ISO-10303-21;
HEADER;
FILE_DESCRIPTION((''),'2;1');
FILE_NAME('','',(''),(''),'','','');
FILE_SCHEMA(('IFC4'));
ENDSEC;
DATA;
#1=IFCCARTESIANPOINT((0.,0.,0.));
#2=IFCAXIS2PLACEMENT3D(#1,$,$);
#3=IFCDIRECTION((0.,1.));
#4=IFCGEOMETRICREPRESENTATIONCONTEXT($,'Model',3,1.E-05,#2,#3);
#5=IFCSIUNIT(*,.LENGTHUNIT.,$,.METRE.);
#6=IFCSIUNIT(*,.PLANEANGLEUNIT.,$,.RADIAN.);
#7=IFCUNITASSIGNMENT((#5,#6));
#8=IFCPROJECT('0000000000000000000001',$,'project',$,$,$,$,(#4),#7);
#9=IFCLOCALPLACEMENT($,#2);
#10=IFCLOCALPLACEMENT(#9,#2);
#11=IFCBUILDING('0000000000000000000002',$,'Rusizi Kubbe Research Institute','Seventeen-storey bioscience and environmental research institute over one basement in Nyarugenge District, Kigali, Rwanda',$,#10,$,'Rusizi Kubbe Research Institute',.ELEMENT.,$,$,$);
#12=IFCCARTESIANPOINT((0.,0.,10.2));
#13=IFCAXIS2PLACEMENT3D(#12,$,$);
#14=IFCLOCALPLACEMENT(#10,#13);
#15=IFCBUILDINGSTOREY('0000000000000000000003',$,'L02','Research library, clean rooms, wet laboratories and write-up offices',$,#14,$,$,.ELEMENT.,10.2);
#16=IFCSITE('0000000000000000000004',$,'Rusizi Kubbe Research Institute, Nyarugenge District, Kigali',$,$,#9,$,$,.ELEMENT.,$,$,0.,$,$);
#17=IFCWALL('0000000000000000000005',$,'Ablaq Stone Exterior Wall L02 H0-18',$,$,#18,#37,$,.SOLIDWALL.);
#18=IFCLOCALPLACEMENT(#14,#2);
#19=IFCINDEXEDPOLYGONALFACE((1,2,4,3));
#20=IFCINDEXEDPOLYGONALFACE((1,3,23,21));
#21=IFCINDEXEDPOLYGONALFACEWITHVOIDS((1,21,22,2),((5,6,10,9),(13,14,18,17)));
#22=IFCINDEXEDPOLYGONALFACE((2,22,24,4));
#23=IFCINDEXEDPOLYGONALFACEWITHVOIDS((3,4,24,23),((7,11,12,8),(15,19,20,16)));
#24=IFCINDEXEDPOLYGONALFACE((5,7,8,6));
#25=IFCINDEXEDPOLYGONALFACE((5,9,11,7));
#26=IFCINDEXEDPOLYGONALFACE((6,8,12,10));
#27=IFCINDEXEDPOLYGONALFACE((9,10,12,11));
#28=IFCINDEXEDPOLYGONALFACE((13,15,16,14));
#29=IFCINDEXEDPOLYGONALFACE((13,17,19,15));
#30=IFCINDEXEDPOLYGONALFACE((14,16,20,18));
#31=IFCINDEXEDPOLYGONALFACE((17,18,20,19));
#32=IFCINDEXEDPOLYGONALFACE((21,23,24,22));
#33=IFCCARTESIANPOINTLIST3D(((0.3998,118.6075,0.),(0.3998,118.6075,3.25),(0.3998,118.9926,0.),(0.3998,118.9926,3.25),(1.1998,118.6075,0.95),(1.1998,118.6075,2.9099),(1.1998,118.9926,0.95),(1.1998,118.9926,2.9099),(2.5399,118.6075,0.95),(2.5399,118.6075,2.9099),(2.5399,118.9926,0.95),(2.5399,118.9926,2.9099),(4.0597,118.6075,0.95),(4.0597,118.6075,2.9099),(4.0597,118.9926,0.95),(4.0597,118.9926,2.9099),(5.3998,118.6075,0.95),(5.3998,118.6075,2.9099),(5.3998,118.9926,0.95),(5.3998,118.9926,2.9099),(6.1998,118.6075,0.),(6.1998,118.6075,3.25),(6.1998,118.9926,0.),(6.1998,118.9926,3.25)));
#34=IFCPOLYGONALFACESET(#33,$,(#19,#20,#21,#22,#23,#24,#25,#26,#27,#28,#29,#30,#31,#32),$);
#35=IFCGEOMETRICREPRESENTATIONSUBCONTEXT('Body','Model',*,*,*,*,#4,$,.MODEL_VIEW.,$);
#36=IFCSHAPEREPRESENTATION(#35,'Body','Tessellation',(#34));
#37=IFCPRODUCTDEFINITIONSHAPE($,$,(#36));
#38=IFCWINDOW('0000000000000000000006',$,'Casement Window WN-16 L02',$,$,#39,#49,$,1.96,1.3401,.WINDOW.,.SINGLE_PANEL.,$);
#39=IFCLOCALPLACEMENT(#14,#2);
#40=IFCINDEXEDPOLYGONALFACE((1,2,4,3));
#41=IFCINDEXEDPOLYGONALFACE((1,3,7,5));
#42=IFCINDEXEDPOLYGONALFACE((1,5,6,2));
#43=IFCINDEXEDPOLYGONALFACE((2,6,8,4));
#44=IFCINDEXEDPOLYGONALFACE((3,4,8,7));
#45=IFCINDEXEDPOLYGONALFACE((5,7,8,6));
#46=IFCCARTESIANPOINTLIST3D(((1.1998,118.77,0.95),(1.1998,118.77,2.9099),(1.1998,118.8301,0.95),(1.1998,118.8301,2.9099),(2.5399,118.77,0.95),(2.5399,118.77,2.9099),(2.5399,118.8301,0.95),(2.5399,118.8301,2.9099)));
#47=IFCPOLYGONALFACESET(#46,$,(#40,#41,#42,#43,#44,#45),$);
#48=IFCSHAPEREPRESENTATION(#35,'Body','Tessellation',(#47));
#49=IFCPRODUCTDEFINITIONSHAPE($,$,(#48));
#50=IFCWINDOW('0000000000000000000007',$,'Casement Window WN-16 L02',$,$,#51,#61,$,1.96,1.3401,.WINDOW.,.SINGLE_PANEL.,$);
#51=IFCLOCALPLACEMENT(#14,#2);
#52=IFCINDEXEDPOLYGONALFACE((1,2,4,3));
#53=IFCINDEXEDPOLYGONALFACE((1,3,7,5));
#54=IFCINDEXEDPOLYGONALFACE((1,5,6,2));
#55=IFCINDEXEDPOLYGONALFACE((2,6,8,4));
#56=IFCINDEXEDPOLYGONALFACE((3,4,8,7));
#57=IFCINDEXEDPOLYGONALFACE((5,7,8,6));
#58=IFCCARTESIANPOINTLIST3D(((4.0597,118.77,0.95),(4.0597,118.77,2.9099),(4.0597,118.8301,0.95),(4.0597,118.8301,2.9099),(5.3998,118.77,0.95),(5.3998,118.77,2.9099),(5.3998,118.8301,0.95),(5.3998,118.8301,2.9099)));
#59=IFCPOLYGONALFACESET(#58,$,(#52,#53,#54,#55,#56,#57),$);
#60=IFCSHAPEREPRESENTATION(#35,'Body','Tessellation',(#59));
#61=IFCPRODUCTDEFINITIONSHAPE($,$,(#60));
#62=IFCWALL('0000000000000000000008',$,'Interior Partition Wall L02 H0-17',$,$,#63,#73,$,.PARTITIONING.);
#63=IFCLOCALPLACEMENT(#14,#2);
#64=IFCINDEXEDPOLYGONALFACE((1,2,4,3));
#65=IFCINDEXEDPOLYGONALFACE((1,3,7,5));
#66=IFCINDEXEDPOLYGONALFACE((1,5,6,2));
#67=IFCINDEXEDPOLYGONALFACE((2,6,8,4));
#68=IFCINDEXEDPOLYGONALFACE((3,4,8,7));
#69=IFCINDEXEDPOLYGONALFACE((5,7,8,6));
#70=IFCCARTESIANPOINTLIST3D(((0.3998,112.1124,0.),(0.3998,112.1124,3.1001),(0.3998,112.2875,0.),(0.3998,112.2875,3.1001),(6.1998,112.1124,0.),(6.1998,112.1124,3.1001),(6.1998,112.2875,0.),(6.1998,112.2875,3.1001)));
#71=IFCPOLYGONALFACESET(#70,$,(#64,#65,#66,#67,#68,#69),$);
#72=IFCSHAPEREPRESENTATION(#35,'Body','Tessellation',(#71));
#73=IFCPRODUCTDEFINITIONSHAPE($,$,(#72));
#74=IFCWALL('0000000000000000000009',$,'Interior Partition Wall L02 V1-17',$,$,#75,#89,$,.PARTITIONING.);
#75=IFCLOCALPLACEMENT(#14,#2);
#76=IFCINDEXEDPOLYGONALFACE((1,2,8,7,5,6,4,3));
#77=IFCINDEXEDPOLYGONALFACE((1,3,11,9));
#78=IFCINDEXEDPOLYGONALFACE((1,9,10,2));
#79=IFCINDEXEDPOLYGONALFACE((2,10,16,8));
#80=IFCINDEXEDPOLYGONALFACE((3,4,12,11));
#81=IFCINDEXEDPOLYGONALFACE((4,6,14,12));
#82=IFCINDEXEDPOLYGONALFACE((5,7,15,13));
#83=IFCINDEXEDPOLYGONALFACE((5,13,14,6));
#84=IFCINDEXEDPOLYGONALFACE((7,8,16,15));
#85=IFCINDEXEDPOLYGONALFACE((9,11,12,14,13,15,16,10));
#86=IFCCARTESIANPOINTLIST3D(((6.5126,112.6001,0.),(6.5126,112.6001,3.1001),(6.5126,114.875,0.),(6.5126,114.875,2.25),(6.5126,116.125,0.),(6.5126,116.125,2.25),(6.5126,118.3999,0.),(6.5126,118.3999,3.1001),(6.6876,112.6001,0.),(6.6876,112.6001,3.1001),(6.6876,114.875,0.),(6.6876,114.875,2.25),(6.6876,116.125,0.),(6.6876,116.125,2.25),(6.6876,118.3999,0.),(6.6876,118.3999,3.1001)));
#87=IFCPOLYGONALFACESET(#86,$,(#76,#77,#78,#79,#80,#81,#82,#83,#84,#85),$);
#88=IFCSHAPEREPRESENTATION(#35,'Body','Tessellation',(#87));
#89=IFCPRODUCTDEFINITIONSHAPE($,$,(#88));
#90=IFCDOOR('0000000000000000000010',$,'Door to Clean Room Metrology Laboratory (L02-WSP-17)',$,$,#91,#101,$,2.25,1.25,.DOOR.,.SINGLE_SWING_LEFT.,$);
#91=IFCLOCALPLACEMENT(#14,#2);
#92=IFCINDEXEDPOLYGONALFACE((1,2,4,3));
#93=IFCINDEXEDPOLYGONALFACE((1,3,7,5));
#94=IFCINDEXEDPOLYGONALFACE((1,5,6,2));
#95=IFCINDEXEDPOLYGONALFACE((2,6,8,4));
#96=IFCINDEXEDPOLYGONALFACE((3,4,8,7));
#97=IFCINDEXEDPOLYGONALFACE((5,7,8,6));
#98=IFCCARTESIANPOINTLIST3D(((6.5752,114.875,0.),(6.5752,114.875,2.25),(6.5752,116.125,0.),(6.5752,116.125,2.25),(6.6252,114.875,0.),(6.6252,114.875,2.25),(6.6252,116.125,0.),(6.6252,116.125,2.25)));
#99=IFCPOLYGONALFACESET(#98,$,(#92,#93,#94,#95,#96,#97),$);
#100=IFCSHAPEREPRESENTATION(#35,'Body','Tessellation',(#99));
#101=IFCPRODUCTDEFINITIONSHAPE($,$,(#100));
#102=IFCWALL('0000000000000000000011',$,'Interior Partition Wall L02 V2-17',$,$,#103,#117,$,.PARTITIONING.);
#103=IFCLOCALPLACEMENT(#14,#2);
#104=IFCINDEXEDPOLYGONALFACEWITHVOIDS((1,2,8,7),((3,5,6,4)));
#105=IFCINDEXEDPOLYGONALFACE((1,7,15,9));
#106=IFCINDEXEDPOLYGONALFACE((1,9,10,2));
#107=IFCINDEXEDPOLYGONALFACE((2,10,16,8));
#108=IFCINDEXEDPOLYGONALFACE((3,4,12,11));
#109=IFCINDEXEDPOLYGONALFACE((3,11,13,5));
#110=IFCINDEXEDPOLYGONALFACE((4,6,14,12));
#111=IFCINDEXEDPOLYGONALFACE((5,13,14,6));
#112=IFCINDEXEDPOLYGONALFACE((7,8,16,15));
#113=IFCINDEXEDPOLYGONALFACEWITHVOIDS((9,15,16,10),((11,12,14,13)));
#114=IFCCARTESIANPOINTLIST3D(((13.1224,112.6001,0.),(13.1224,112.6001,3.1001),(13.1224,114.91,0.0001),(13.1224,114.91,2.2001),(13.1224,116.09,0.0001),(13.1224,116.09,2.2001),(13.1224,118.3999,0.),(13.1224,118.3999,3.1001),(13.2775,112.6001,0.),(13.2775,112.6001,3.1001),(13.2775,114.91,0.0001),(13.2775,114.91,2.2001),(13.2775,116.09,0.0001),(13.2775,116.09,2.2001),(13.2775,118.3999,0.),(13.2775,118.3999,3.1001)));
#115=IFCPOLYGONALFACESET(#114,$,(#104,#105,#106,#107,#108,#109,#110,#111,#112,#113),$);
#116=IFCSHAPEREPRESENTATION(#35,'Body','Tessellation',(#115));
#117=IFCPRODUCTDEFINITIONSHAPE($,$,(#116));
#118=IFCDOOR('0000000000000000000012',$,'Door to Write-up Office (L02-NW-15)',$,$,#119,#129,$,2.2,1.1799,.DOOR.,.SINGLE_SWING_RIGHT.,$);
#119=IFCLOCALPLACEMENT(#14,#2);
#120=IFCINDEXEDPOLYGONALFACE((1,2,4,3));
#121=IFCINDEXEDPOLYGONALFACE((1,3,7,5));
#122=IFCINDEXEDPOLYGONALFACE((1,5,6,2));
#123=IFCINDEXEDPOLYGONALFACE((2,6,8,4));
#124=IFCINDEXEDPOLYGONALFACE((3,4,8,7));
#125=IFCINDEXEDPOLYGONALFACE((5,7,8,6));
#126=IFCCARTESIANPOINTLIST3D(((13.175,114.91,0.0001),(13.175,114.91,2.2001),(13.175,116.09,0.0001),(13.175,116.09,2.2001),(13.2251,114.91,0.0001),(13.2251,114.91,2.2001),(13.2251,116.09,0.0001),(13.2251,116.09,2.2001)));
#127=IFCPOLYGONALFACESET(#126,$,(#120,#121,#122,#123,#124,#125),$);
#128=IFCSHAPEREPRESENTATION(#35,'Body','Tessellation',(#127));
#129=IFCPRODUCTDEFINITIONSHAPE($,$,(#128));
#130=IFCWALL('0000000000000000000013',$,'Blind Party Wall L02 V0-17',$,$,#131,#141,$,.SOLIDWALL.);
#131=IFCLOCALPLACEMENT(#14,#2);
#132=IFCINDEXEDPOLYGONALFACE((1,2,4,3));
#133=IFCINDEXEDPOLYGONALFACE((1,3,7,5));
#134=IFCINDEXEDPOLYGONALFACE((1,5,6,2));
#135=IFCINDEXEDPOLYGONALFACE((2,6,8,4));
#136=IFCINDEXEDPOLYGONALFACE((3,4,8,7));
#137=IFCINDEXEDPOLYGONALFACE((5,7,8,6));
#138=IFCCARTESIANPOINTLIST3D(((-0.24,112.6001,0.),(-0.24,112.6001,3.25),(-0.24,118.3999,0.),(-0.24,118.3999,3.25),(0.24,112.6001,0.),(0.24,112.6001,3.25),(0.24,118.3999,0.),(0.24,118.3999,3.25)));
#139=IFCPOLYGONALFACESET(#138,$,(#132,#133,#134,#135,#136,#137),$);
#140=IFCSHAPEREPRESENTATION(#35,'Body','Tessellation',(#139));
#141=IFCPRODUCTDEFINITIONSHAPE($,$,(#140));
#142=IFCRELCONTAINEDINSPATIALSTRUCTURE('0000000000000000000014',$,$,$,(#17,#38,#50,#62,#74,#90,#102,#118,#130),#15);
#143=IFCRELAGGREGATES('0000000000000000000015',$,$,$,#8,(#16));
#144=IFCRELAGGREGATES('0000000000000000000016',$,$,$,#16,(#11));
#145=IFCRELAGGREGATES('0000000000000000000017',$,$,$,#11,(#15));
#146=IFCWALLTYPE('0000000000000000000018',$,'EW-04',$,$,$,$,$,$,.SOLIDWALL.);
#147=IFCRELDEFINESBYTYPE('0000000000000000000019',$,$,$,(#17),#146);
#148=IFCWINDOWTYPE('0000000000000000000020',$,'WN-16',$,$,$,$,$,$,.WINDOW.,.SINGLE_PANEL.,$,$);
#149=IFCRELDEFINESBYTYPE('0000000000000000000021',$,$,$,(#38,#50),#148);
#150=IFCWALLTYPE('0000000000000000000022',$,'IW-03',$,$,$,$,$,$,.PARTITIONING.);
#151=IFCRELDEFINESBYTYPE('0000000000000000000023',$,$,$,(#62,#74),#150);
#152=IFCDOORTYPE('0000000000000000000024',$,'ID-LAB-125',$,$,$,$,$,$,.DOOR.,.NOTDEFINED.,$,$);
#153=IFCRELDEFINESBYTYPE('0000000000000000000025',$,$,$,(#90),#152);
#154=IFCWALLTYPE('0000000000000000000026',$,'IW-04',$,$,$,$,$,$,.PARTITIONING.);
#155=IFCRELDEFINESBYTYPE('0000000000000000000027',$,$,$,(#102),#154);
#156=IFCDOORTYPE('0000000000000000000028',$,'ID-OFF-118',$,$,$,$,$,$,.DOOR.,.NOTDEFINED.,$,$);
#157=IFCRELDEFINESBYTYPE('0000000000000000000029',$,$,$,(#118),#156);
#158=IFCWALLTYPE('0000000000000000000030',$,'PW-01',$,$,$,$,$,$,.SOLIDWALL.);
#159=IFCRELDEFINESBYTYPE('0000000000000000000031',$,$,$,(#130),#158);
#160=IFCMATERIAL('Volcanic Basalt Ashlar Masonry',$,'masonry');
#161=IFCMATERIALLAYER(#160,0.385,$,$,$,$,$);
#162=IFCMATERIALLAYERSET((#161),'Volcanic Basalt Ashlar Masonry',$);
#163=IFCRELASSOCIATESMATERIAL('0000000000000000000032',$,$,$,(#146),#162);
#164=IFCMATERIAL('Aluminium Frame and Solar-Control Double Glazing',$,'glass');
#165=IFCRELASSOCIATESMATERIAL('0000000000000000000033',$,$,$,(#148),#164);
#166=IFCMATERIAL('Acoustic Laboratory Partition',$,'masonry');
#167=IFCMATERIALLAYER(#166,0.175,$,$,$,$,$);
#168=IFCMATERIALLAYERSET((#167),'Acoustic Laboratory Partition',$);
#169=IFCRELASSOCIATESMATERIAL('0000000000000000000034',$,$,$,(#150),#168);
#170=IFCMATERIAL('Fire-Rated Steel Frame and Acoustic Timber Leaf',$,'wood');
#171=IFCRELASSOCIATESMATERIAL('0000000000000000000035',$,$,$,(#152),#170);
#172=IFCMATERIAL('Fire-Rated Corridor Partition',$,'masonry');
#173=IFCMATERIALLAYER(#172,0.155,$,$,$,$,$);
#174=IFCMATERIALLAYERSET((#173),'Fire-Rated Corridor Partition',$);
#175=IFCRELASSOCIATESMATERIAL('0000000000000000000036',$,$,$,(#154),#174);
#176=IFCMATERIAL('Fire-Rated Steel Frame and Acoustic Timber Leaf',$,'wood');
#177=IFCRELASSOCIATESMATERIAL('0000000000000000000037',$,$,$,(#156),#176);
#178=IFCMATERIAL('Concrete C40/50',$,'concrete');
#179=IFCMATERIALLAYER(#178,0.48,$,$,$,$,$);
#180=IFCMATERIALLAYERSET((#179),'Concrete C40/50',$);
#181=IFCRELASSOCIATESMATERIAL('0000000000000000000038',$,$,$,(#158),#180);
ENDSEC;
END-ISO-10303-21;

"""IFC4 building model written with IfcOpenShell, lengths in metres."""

from ifc_helpers import new_model, si_unit, direction, frame, frame_2d, origin, place, context, subcontext, project, spatial, rectangle, extrude, material, layer, layer_set, type_object, element, fill, save


model = new_model("IFC4")

# Units and contexts
model_context = context("Model", 3, precision=1e-05, world=origin(), true_north=direction((0.0, 1.0)))
body_context = subcontext(model_context, "Body", "Model", "MODEL_VIEW")
ifc_project = project(units=[si_unit("LENGTHUNIT", "METRE"), si_unit("PLANEANGLEUNIT", "RADIAN")], contexts=[model_context])

# Site, building, storey
site_placement = place(None, origin())
site = spatial("IfcSite", under=ifc_project, at=site_placement, Name="Rusizi Kubbe Research Institute, Nyarugenge District, Kigali", CompositionType="ELEMENT", RefElevation=0.0)
building_placement = place(site_placement, origin())
building = spatial("IfcBuilding", under=site, at=building_placement, Name="Rusizi Kubbe Research Institute", Description="Seventeen-storey bioscience and environmental research institute over one basement in Nyarugenge District, Kigali, Rwanda", LongName="Rusizi Kubbe Research Institute", CompositionType="ELEMENT")
storey_placement = place(building_placement, frame((0.0, 0.0, 10.2)))
storey = spatial("IfcBuildingStorey", under=building, at=storey_placement, Name="L02", Description="Research library, clean rooms, wet laboratories and write-up offices", CompositionType="ELEMENT", Elevation=10.2)

# Wall, openings, windows
ifc_material_1 = material(Name="Volcanic Basalt Ashlar Masonry", Category="masonry")
ifc_layer_1 = layer(ifc_material_1, 0.385)
ifc_layer_set_1 = layer_set([ifc_layer_1], Name="Volcanic Basalt Ashlar Masonry")
wall_type_1 = type_object("IfcWallType", Name="EW-04", PredefinedType="SOLIDWALL", material=ifc_layer_set_1)
wall_1_placement = place(storey_placement, frame((0.3999, 118.8, 0.0), z_axis=(0.0, 0.0, 1.0), x_axis=(1.0, 0.0, 0.0)))
wall_1 = element("IfcWall", 1, at=wall_1_placement, inside=storey, type_object=wall_type_1, Name="Ablaq Stone Exterior Wall L02 H0-18", PredefinedType="SOLIDWALL", context=body_context, shape_type="SweptSolid", body=[
    extrude(rectangle(XDim=5.8, YDim=0.385, at=frame_2d((2.8999, 0.0))), origin(), (0.0, 0.0, 1.0), 3.25),
])
opening_1_placement = place(wall_1_placement, frame((0.8, 0.0, 0.95)))
opening_1 = element("IfcOpeningElement", 2, at=opening_1_placement, cuts=wall_1, PredefinedType="OPENING", context=body_context, shape_type="SweptSolid", body=[
    extrude(rectangle(XDim=1.3401, YDim=1.96, at=frame_2d((0.6699, 0.98))), frame((0.0, 0.2024, 0.0), z_axis=(0.0, -1.0, 0.0), x_axis=(1.0, 0.0, 0.0)), (0.0, 0.0, 1.0), 0.405),
])
opening_2_placement = place(wall_1_placement, frame((3.6599, 0.0, 0.95)))
opening_2 = element("IfcOpeningElement", 3, at=opening_2_placement, cuts=wall_1, PredefinedType="OPENING", context=body_context, shape_type="SweptSolid", body=[
    extrude(rectangle(XDim=1.3401, YDim=1.96, at=frame_2d((0.6699, 0.98))), frame((0.0, 0.2024, 0.0), z_axis=(0.0, -1.0, 0.0), x_axis=(1.0, 0.0, 0.0)), (0.0, 0.0, 1.0), 0.405),
])
ifc_material_2 = material(Name="Aluminium Frame and Solar-Control Double Glazing", Category="glass")
window_type = type_object("IfcWindowType", Name="WN-16", PartitioningType="SINGLE_PANEL", PredefinedType="WINDOW", material=ifc_material_2)
window_1_placement = place(opening_1_placement, origin())
window_1 = element("IfcWindow", 4, at=window_1_placement, inside=storey, type_object=window_type, Name="Casement Window WN-16 L02", OverallHeight=1.96, OverallWidth=1.3401, PartitioningType="SINGLE_PANEL", PredefinedType="WINDOW", context=body_context, shape_type="SweptSolid", body=[
    extrude(rectangle(XDim=1.3401, YDim=1.96, at=frame_2d((0.6699, 0.98))), frame((0.0, 0.03, 0.0), z_axis=(0.0, -1.0, 0.0), x_axis=(1.0, 0.0, 0.0)), (0.0, 0.0, 1.0), 0.0601),
])
fill(opening_1, window_1)
window_2_placement = place(opening_2_placement, origin())
window_2 = element("IfcWindow", 5, at=window_2_placement, inside=storey, type_object=window_type, Name="Casement Window WN-16 L02", OverallHeight=1.96, OverallWidth=1.3401, PartitioningType="SINGLE_PANEL", PredefinedType="WINDOW", context=body_context, shape_type="SweptSolid", body=[
    extrude(rectangle(XDim=1.3401, YDim=1.96, at=frame_2d((0.6699, 0.98))), frame((0.0, 0.03, 0.0), z_axis=(0.0, -1.0, 0.0), x_axis=(1.0, 0.0, 0.0)), (0.0, 0.0, 1.0), 0.0601),
])
fill(opening_2, window_2)

# Wall
ifc_material_3 = material(Name="Acoustic Laboratory Partition", Category="masonry")
ifc_layer_2 = layer(ifc_material_3, 0.175)
ifc_layer_set_2 = layer_set([ifc_layer_2], Name="Acoustic Laboratory Partition")
wall_type_2 = type_object("IfcWallType", Name="IW-03", PredefinedType="PARTITIONING", material=ifc_layer_set_2)
wall_2_placement = place(storey_placement, frame((0.3999, 112.2, 0.0), z_axis=(0.0, 0.0, 1.0), x_axis=(1.0, 0.0, 0.0)))
element("IfcWall", 6, at=wall_2_placement, inside=storey, type_object=wall_type_2, Name="Interior Partition Wall L02 H0-17", PredefinedType="PARTITIONING", context=body_context, shape_type="SweptSolid", body=[
    extrude(rectangle(XDim=5.8, YDim=0.175, at=frame_2d((2.8999, 0.0))), origin(), (0.0, 0.0, 1.0), 3.1001),
])

# Walls, openings, doors
wall_3_placement = place(storey_placement, frame((6.6001, 112.6001, 0.0), z_axis=(0.0, 0.0, 1.0), x_axis=(0.0, 1.0, 0.0)))
wall_3 = element("IfcWall", 7, at=wall_3_placement, inside=storey, type_object=wall_type_2, Name="Interior Partition Wall L02 V1-17", PredefinedType="PARTITIONING", context=body_context, shape_type="SweptSolid", body=[
    extrude(rectangle(XDim=5.7998, YDim=0.175, at=frame_2d((2.8999, 0.0))), origin(), (0.0, 0.0, 1.0), 3.1001),
])
opening_3_placement = place(wall_3_placement, frame((2.2749, 0.0, 0.0)))
opening_3 = element("IfcOpeningElement", 8, at=opening_3_placement, cuts=wall_3, PredefinedType="OPENING", context=body_context, shape_type="SweptSolid", body=[
    extrude(rectangle(XDim=1.25, YDim=2.25, at=frame_2d((0.625, 1.125))), frame((0.0, 0.0974, 0.0), z_axis=(0.0, -1.0, 0.0), x_axis=(1.0, 0.0, 0.0)), (0.0, 0.0, 1.0), 0.1951),
])
ifc_material_4 = material(Name="Fire-Rated Steel Frame and Acoustic Timber Leaf", Category="wood")
door_type_1 = type_object("IfcDoorType", Name="ID-LAB-125", OperationType="NOTDEFINED", PredefinedType="DOOR", material=ifc_material_4)
door_1_placement = place(opening_3_placement, origin())
door_1 = element("IfcDoor", 9, at=door_1_placement, inside=storey, type_object=door_type_1, Name="Door to Clean Room Metrology Laboratory (L02-WSP-17)", OperationType="SINGLE_SWING_LEFT", OverallHeight=2.25, OverallWidth=1.25, PredefinedType="DOOR", context=body_context, shape_type="SweptSolid", body=[
    extrude(rectangle(XDim=1.25, YDim=2.25, at=frame_2d((0.625, 1.125))), frame((0.0, 0.0249, 0.0), z_axis=(0.0, -1.0, 0.0), x_axis=(1.0, 0.0, 0.0)), (0.0, 0.0, 1.0), 0.05),
])
fill(opening_3, door_1)
ifc_material_5 = material(Name="Fire-Rated Corridor Partition", Category="masonry")
ifc_layer_3 = layer(ifc_material_5, 0.155)
ifc_layer_set_3 = layer_set([ifc_layer_3], Name="Fire-Rated Corridor Partition")
wall_type_3 = type_object("IfcWallType", Name="IW-04", PredefinedType="PARTITIONING", material=ifc_layer_set_3)
wall_4_placement = place(storey_placement, frame((13.2, 112.6001, 0.0), z_axis=(0.0, 0.0, 1.0), x_axis=(0.0, 1.0, 0.0)))
wall_4 = element("IfcWall", 10, at=wall_4_placement, inside=storey, type_object=wall_type_3, Name="Interior Partition Wall L02 V2-17", PredefinedType="PARTITIONING", context=body_context, shape_type="SweptSolid", body=[
    extrude(rectangle(XDim=5.7998, YDim=0.155, at=frame_2d((2.8999, 0.0))), origin(), (0.0, 0.0, 1.0), 3.1001),
])
opening_4_placement = place(wall_4_placement, frame((2.3101, 0.0, 0.0)))
opening_4 = element("IfcOpeningElement", 11, at=opening_4_placement, cuts=wall_4, PredefinedType="OPENING", context=body_context, shape_type="SweptSolid", body=[
    extrude(rectangle(XDim=1.1799, YDim=2.2, at=frame_2d((0.5898, 1.1001))), frame((0.0, 0.0874, 0.0), z_axis=(0.0, -1.0, 0.0), x_axis=(1.0, 0.0, 0.0)), (0.0, 0.0, 1.0), 0.175),
])
ifc_material_6 = material(Name="Fire-Rated Steel Frame and Acoustic Timber Leaf", Category="wood")
door_type_2 = type_object("IfcDoorType", Name="ID-OFF-118", OperationType="NOTDEFINED", PredefinedType="DOOR", material=ifc_material_6)
door_2_placement = place(opening_4_placement, origin())
door_2 = element("IfcDoor", 12, at=door_2_placement, inside=storey, type_object=door_type_2, Name="Door to Write-up Office (L02-NW-15)", OperationType="SINGLE_SWING_RIGHT", OverallHeight=2.2, OverallWidth=1.1799, PredefinedType="DOOR", context=body_context, shape_type="SweptSolid", body=[
    extrude(rectangle(XDim=1.1799, YDim=2.2, at=frame_2d((0.5898, 1.1001))), frame((0.0, 0.0249, 0.0), z_axis=(0.0, -1.0, 0.0), x_axis=(1.0, 0.0, 0.0)), (0.0, 0.0, 1.0), 0.05),
])
fill(opening_4, door_2)

# Wall
ifc_material_7 = material(Name="Concrete C40/50", Category="concrete")
ifc_layer_4 = layer(ifc_material_7, 0.48)
ifc_layer_set_4 = layer_set([ifc_layer_4], Name="Concrete C40/50")
wall_type_4 = type_object("IfcWallType", Name="PW-01", PredefinedType="SOLIDWALL", material=ifc_layer_set_4)
wall_5_placement = place(storey_placement, frame((0.0, 112.6001, 0.0), z_axis=(0.0, 0.0, 1.0), x_axis=(0.0, 1.0, 0.0)))
element("IfcWall", 13, at=wall_5_placement, inside=storey, type_object=wall_type_4, Name="Blind Party Wall L02 V0-17", PredefinedType="SOLIDWALL", context=body_context, shape_type="SweptSolid", body=[
    extrude(rectangle(XDim=5.7998, YDim=0.48, at=frame_2d((2.8999, 0.0))), origin(), (0.0, 0.0, 1.0), 3.25),
])

save(model, "model.ifc")
